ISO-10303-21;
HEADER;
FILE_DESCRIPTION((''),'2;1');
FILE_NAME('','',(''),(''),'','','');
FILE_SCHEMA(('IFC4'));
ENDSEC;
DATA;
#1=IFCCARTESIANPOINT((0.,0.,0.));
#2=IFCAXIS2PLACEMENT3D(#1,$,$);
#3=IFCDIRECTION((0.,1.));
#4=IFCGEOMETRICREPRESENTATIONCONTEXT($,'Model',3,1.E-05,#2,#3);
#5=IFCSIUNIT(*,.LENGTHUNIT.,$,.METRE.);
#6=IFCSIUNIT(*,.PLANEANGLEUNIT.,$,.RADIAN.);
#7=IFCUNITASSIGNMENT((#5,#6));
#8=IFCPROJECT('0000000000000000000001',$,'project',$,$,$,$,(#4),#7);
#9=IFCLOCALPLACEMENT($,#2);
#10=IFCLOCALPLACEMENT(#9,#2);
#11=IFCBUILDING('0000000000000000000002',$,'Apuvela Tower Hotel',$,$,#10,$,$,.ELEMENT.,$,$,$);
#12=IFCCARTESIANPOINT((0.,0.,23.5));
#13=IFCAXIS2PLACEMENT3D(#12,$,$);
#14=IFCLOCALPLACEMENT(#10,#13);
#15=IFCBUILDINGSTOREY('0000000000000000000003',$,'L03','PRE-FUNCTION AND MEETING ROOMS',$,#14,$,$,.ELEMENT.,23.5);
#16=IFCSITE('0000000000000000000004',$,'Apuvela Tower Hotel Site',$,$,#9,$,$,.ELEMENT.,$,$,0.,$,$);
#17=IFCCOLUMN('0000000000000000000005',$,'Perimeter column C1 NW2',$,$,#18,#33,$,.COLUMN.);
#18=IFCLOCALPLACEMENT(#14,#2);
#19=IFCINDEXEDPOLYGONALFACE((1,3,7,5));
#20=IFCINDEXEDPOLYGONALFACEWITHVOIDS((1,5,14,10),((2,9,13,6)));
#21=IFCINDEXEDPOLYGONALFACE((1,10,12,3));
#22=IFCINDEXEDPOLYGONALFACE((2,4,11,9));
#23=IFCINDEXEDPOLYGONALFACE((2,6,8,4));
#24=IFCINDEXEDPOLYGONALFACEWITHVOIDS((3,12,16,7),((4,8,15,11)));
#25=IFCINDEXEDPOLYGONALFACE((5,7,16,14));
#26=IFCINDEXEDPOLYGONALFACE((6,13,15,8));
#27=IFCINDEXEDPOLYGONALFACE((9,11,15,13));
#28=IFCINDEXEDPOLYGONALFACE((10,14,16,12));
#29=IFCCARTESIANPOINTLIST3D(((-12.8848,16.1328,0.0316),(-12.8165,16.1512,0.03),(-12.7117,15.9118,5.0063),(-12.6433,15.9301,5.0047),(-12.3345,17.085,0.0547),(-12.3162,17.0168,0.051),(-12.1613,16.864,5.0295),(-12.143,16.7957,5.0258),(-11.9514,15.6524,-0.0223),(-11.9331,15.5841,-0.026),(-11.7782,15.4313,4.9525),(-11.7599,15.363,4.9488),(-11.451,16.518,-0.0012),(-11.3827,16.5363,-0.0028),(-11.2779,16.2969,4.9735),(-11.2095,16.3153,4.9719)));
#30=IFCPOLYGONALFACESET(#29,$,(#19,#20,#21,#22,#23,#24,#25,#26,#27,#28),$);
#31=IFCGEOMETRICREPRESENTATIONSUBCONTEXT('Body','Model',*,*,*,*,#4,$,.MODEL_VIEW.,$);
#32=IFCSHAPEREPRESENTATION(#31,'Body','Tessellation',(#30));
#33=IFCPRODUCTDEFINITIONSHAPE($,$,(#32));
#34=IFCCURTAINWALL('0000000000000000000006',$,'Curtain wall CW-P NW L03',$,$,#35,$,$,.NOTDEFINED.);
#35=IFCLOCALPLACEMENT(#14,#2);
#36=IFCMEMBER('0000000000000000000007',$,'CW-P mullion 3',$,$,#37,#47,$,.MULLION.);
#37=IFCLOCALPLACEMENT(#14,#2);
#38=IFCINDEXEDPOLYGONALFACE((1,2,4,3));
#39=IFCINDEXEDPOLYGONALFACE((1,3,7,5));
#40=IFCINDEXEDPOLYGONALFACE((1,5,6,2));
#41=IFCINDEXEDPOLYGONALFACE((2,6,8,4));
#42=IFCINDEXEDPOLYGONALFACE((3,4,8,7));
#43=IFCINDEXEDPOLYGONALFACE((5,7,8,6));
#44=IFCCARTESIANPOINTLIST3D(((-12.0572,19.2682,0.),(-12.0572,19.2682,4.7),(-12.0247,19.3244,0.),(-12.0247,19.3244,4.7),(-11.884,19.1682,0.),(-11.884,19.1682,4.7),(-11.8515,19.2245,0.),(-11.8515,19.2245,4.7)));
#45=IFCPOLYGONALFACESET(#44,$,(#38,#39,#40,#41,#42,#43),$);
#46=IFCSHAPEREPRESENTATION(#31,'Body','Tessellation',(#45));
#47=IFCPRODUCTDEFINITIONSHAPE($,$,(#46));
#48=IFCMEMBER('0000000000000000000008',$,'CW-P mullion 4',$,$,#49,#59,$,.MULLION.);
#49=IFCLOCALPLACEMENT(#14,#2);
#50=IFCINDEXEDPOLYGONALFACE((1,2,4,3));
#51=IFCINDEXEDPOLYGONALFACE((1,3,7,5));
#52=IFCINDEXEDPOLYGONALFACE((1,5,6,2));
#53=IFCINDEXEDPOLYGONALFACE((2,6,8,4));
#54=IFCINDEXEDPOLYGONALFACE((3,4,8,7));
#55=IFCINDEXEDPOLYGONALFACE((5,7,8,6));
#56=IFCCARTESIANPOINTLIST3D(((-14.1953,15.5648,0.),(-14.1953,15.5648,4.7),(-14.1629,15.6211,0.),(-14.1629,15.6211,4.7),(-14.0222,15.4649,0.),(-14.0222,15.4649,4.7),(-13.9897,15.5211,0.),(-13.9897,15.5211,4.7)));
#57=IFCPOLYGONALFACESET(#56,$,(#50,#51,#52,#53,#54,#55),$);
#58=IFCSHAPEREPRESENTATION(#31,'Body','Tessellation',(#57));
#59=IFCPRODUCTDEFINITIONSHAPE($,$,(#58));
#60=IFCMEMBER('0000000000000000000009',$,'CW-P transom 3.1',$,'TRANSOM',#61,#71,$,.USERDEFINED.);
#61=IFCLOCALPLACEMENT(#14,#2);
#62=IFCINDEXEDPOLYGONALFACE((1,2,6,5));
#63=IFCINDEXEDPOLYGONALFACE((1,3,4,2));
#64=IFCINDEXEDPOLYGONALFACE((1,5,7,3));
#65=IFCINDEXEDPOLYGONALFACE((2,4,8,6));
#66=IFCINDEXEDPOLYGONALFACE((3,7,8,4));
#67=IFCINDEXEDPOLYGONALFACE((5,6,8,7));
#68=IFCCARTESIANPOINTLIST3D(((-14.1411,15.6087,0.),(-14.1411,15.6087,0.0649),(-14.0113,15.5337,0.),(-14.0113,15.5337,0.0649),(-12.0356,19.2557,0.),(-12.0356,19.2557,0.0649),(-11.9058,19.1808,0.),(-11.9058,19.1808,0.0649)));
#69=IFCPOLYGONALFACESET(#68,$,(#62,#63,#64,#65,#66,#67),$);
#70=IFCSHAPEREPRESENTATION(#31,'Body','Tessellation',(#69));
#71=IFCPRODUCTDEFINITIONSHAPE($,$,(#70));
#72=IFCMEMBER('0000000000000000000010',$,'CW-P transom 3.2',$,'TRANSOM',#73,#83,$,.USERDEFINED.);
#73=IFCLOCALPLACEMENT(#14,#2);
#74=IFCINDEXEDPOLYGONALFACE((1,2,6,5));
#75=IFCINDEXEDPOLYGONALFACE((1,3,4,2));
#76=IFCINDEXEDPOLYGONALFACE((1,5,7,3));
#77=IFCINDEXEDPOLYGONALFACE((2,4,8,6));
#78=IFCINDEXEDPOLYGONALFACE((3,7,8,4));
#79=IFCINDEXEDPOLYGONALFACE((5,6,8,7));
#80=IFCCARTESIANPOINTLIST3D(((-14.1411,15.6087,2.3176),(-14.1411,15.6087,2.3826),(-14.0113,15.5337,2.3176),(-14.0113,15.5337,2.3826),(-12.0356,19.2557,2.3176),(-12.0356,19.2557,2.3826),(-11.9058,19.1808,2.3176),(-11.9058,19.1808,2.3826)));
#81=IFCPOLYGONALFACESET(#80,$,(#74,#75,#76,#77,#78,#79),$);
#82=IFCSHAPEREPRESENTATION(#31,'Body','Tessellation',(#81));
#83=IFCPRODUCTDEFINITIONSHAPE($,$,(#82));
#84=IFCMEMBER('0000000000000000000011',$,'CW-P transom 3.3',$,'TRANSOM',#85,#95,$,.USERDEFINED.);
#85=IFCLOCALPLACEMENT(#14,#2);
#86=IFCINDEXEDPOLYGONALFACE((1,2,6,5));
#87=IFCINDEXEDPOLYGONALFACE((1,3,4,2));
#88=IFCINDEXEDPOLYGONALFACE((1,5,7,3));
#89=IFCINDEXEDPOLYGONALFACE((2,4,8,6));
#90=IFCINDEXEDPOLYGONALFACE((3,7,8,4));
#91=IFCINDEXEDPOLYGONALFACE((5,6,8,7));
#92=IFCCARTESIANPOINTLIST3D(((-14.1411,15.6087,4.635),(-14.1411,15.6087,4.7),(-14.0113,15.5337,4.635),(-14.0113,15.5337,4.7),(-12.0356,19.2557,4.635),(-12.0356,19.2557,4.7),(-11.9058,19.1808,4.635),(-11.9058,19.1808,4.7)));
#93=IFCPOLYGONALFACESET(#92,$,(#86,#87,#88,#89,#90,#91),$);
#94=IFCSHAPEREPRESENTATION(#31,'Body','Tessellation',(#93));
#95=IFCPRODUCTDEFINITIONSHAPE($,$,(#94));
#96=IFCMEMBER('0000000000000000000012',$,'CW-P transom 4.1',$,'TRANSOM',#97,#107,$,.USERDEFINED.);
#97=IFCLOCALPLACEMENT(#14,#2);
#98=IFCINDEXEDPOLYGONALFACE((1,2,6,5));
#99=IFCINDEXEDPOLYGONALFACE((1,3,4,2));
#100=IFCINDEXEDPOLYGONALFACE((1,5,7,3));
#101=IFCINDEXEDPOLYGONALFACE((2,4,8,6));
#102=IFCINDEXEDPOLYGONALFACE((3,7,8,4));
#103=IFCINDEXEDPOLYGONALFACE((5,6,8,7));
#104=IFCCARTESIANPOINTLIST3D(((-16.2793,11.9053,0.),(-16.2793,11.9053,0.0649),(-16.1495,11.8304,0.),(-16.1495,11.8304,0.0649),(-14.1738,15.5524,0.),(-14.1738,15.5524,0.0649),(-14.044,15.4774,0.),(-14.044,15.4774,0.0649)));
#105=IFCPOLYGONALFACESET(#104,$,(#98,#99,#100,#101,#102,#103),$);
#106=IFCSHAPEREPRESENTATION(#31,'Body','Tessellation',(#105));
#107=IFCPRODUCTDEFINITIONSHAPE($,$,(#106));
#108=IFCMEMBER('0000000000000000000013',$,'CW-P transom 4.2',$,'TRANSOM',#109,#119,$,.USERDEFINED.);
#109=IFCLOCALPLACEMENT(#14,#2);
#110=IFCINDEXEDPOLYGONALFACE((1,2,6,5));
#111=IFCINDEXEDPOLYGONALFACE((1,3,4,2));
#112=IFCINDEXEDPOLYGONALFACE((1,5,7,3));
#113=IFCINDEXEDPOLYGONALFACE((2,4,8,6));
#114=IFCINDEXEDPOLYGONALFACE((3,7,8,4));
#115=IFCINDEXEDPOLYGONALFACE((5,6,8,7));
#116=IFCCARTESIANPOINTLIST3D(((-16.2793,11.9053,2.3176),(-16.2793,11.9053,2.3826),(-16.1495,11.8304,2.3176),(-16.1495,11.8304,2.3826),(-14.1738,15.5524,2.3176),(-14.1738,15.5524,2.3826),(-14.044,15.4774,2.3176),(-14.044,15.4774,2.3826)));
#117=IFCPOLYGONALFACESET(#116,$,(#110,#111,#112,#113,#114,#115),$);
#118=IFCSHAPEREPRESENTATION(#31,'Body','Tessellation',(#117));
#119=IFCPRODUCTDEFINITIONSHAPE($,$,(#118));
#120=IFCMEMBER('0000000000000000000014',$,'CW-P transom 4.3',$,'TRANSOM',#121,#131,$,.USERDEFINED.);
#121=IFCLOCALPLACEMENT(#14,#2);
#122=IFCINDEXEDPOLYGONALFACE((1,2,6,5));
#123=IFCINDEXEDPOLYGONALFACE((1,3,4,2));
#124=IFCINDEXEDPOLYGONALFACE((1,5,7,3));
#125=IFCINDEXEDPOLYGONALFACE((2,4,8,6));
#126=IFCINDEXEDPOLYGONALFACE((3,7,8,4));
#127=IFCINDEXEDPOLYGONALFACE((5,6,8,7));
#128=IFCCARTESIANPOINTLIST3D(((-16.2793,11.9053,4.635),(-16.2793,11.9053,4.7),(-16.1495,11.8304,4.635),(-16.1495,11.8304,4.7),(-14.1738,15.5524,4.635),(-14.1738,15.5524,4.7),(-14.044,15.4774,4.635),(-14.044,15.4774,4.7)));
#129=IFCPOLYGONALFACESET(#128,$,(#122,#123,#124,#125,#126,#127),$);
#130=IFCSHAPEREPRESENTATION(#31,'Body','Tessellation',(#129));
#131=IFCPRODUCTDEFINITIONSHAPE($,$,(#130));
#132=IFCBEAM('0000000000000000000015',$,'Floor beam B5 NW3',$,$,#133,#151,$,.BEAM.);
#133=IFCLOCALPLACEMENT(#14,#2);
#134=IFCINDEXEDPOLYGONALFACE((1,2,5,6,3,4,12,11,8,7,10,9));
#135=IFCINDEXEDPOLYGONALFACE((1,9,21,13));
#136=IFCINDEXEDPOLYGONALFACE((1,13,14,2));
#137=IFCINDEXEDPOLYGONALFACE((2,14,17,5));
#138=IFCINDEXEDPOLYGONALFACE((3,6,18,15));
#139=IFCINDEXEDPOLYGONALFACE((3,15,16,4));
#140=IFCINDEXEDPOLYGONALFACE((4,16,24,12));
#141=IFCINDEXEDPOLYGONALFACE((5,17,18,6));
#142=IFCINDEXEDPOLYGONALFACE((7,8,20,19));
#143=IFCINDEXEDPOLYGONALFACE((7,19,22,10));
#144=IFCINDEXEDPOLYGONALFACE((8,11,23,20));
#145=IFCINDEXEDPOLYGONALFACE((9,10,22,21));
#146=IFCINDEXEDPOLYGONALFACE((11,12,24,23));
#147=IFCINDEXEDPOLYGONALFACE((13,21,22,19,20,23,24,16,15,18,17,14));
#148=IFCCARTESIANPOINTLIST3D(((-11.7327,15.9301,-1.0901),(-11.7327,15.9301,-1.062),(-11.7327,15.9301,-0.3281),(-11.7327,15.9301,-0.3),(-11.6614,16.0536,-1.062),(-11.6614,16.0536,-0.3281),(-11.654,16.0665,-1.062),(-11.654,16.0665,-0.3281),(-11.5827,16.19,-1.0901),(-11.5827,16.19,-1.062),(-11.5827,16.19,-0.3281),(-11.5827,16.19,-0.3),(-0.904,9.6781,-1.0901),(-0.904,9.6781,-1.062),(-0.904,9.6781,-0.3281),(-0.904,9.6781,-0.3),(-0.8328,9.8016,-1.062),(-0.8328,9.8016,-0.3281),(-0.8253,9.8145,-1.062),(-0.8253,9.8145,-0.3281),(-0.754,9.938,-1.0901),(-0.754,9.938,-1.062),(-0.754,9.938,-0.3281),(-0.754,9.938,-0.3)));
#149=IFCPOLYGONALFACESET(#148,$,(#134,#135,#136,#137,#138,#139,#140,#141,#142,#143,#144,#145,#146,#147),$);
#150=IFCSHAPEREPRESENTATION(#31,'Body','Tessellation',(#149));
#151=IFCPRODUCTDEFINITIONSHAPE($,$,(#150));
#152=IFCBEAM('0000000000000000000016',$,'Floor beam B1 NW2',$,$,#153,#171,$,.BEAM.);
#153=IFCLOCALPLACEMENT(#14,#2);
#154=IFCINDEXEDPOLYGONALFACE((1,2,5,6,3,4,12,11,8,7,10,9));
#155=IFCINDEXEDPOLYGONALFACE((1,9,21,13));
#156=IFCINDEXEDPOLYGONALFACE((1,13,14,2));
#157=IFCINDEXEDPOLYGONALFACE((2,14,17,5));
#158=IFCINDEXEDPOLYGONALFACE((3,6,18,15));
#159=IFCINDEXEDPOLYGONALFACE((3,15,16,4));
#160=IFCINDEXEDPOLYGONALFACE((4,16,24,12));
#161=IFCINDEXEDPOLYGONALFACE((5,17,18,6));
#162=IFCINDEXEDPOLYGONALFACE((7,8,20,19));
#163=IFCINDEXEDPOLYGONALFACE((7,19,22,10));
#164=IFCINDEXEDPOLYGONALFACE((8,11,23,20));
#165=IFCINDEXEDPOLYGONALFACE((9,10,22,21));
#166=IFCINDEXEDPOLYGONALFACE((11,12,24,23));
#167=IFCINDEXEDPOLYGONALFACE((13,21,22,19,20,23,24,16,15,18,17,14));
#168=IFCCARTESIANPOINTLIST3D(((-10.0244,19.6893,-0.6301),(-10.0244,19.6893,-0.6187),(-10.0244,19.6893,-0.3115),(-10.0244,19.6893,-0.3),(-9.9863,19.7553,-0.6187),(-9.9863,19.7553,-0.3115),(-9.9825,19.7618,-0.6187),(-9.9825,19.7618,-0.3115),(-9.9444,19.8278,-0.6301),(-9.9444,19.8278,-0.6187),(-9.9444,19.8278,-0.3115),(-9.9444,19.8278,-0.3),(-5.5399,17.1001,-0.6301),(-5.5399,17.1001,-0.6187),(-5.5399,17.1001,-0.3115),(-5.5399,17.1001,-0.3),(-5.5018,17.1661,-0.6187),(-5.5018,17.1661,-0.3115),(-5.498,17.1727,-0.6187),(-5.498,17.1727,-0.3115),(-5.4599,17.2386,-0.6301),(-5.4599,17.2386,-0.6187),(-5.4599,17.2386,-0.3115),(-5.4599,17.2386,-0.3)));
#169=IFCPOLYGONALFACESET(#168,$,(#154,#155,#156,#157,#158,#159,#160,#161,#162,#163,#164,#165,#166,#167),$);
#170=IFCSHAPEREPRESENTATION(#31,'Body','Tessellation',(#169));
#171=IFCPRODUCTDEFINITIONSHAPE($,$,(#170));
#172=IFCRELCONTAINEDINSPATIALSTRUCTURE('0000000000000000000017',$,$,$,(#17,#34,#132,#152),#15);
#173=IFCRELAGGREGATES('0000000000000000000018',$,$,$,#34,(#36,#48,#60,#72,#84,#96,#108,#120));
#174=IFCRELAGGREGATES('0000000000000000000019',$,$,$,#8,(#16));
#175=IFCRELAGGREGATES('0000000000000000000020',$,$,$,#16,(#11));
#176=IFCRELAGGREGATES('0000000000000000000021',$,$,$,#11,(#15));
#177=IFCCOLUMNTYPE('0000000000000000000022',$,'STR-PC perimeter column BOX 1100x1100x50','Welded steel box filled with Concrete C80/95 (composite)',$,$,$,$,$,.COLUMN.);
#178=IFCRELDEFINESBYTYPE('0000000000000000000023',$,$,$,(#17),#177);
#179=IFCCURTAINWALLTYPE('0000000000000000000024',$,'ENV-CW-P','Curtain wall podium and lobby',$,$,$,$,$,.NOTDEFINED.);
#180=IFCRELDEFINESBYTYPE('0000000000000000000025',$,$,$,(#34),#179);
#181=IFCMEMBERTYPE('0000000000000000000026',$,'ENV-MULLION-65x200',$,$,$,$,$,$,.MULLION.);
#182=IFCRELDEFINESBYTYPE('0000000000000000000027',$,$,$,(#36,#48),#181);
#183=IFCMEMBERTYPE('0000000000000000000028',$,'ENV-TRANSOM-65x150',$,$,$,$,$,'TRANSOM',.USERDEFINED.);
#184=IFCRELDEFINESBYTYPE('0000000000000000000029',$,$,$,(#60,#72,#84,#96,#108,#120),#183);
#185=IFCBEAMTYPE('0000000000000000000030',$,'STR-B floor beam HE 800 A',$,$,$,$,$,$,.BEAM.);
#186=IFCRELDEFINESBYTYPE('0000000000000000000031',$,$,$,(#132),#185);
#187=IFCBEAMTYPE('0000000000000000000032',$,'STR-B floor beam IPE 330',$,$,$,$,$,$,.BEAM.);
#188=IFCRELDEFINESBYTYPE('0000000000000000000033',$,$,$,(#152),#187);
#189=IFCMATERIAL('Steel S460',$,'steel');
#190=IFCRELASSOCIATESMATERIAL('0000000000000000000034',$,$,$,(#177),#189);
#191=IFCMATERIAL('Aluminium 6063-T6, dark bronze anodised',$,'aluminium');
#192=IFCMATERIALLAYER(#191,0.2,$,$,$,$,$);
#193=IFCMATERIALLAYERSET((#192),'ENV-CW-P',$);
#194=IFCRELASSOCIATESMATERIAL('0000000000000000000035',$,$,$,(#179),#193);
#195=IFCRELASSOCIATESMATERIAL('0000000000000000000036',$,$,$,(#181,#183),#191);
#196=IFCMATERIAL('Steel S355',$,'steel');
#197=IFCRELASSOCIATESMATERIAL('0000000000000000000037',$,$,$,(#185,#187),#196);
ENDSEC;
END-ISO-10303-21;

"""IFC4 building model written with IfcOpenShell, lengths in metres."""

from ifc_helpers import new_model, si_unit, direction, frame, origin, origin_2d, place, context, subcontext, project, spatial, rectangle, hollow_rectangle, i_section, extrude, boolean, halfspace, material, layer, layer_set, material_profile, profile_set, type_object, element, aggregate, save


model = new_model("IFC4")

# Units and contexts
model_context = context("Model", 3, precision=1e-05, world=origin(), true_north=direction((0.0, 1.0)))
body_context = subcontext(model_context, "Body", "Model", "MODEL_VIEW")
ifc_project = project(units=[si_unit("LENGTHUNIT", "METRE"), si_unit("PLANEANGLEUNIT", "RADIAN")], contexts=[model_context])

# Site, building, storey
site_placement = place(None, origin())
site = spatial("IfcSite", under=ifc_project, at=site_placement, Name="Apuvela Tower Hotel Site", CompositionType="ELEMENT", RefElevation=0.0)
building_placement = place(site_placement, origin())
building = spatial("IfcBuilding", under=site, at=building_placement, Name="Apuvela Tower Hotel", CompositionType="ELEMENT")
storey_placement = place(building_placement, frame((0.0, 0.0, 23.5)))
storey = spatial("IfcBuildingStorey", under=building, at=storey_placement, Name="L03", Description="PRE-FUNCTION AND MEETING ROOMS", CompositionType="ELEMENT", Elevation=23.5)

# Column
ifc_material_1 = material(Name="Steel S460", Category="steel")
ifc_material_profile_1 = material_profile(ifc_material_1, hollow_rectangle(XDim=1.1001, YDim=1.1001, WallThickness=0.05, at=origin_2d()), Name="BOX 1100x1100x50")
ifc_material_2 = material(Name="Concrete C80/95", Category="concrete")
ifc_material_profile_2 = material_profile(ifc_material_2, rectangle(XDim=1.0, YDim=1.0, at=origin_2d()), Name="Concrete C80/95 infill")
ifc_profile_set_1 = profile_set([ifc_material_profile_1, ifc_material_profile_2], Name="Steel S460")
column_type = type_object("IfcColumnType", Name="STR-PC perimeter column BOX 1100x1100x50", Description="Welded steel box filled with Concrete C80/95 (composite)", PredefinedType="COLUMN", material=ifc_profile_set_1)
column_placement = place(storey_placement, frame((-12.1343, 16.3352, 0.0), z_axis=(0.034759, -0.044363, 0.998411), x_axis=(0.500316, 0.865587, 0.021043)))
element("IfcColumn", 1, at=column_placement, inside=storey, type_object=column_type, Name="Perimeter column C1 NW2", PredefinedType="COLUMN", context=body_context, shape_type="SweptSolid", body=[
    boolean("DIFFERENCE", boolean("DIFFERENCE", extrude(hollow_rectangle(XDim=1.1001, YDim=1.1001, WallThickness=0.05, at=origin_2d()), origin(), (0.0, 0.0, 1.0), 5.0081), halfspace(frame((0.0, 0.0, 0.0144), z_axis=(0.0, 0.0, 1.0), x_axis=(1.0, 0.0, 0.0)), True)), halfspace(frame((0.0, 0.0, 4.9971), z_axis=(0.0, 0.0, 1.0), x_axis=(1.0, 0.0, 0.0)), False)),
])

# Curtain wall, members
ifc_material_3 = material(Name="Aluminium 6063-T6, dark bronze anodised", Category="aluminium")
ifc_layer_1 = layer(ifc_material_3, 0.2)
ifc_layer_set_1 = layer_set([ifc_layer_1], Name="ENV-CW-P")
curtain_wall_type = type_object("IfcCurtainWallType", Name="ENV-CW-P", Description="Curtain wall podium and lobby", PredefinedType="NOTDEFINED", material=ifc_layer_set_1)
curtain_wall_placement = place(storey_placement, origin())
curtain_wall = element("IfcCurtainWall", 2, at=curtain_wall_placement, inside=storey, type_object=curtain_wall_type, Name="Curtain wall CW-P NW L03", PredefinedType="NOTDEFINED")
ifc_material_profile_3 = material_profile(ifc_material_3, rectangle(XDim=0.2, YDim=0.0649, at=origin_2d()), Name="AL 65x200")
ifc_profile_set_2 = profile_set([ifc_material_profile_3], Name="Aluminium 6063-T6, dark bronze anodised")
member_type_1 = type_object("IfcMemberType", Name="ENV-MULLION-65x200", PredefinedType="MULLION", material=ifc_profile_set_2)
member_1_placement = place(storey_placement, frame((-11.9543, 19.2463, 0.0), z_axis=(0.0, 0.0, 1.0), x_axis=(0.866026, -0.5, 0.0)))
member_1 = element("IfcMember", 3, at=member_1_placement, type_object=member_type_1, Name="CW-P mullion 3", PredefinedType="MULLION", context=body_context, shape_type="SweptSolid", body=[
    extrude(rectangle(XDim=0.2, YDim=0.0649, at=origin_2d()), origin(), (0.0, 0.0, 1.0), 4.7),
])
member_2_placement = place(storey_placement, frame((-14.0925, 15.543, 0.0), z_axis=(0.0, 0.0, 1.0), x_axis=(0.866026, -0.5, 0.0)))
member_2 = element("IfcMember", 4, at=member_2_placement, type_object=member_type_1, Name="CW-P mullion 4", PredefinedType="MULLION", context=body_context, shape_type="SweptSolid", body=[
    extrude(rectangle(XDim=0.2, YDim=0.0649, at=origin_2d()), origin(), (0.0, 0.0, 1.0), 4.7),
])
ifc_material_profile_4 = material_profile(ifc_material_3, rectangle(XDim=0.1499, YDim=0.0649, at=origin_2d()), Name="AL 65x150 transom")
ifc_profile_set_3 = profile_set([ifc_material_profile_4], Name="Aluminium 6063-T6, dark bronze anodised")
member_type_2 = type_object("IfcMemberType", Name="ENV-TRANSOM-65x150", ElementType="TRANSOM", PredefinedType="USERDEFINED", material=ifc_profile_set_3)
member_3_placement = place(storey_placement, frame((-11.9707, 19.2183, 0.0325), z_axis=(-0.49998, -0.866037, 0.0), x_axis=(0.866037, -0.49998, 0.0)))
member_3 = element("IfcMember", 5, at=member_3_placement, type_object=member_type_2, Name="CW-P transom 3.1", ObjectType="TRANSOM", PredefinedType="USERDEFINED", context=body_context, shape_type="SweptSolid", body=[
    extrude(rectangle(XDim=0.1499, YDim=0.0649, at=origin_2d()), origin(), (0.0, 0.0, 1.0), 4.2112),
])
member_4_placement = place(storey_placement, frame((-11.9707, 19.2183, 2.3501), z_axis=(-0.49998, -0.866037, 0.0), x_axis=(0.866037, -0.49998, 0.0)))
member_4 = element("IfcMember", 6, at=member_4_placement, type_object=member_type_2, Name="CW-P transom 3.2", ObjectType="TRANSOM", PredefinedType="USERDEFINED", context=body_context, shape_type="SweptSolid", body=[
    extrude(rectangle(XDim=0.1499, YDim=0.0649, at=origin_2d()), origin(), (0.0, 0.0, 1.0), 4.2112),
])
member_5_placement = place(storey_placement, frame((-11.9707, 19.2183, 4.6675), z_axis=(-0.49998, -0.866037, 0.0), x_axis=(0.866037, -0.49998, 0.0)))
member_5 = element("IfcMember", 7, at=member_5_placement, type_object=member_type_2, Name="CW-P transom 3.3", ObjectType="TRANSOM", PredefinedType="USERDEFINED", context=body_context, shape_type="SweptSolid", body=[
    extrude(rectangle(XDim=0.1499, YDim=0.0649, at=origin_2d()), origin(), (0.0, 0.0, 1.0), 4.2112),
])
member_6_placement = place(storey_placement, frame((-14.1089, 15.5149, 0.0325), z_axis=(-0.49998, -0.866037, 0.0), x_axis=(0.866037, -0.49998, 0.0)))
member_6 = element("IfcMember", 8, at=member_6_placement, type_object=member_type_2, Name="CW-P transom 4.1", ObjectType="TRANSOM", PredefinedType="USERDEFINED", context=body_context, shape_type="SweptSolid", body=[
    extrude(rectangle(XDim=0.1499, YDim=0.0649, at=origin_2d()), origin(), (0.0, 0.0, 1.0), 4.2112),
])
member_7_placement = place(storey_placement, frame((-14.1089, 15.5149, 2.3501), z_axis=(-0.49998, -0.866037, 0.0), x_axis=(0.866037, -0.49998, 0.0)))
member_7 = element("IfcMember", 9, at=member_7_placement, type_object=member_type_2, Name="CW-P transom 4.2", ObjectType="TRANSOM", PredefinedType="USERDEFINED", context=body_context, shape_type="SweptSolid", body=[
    extrude(rectangle(XDim=0.1499, YDim=0.0649, at=origin_2d()), origin(), (0.0, 0.0, 1.0), 4.2112),
])
member_8_placement = place(storey_placement, frame((-14.1089, 15.5149, 4.6675), z_axis=(-0.49998, -0.866037, 0.0), x_axis=(0.866037, -0.49998, 0.0)))
member_8 = element("IfcMember", 10, at=member_8_placement, type_object=member_type_2, Name="CW-P transom 4.3", ObjectType="TRANSOM", PredefinedType="USERDEFINED", context=body_context, shape_type="SweptSolid", body=[
    extrude(rectangle(XDim=0.1499, YDim=0.0649, at=origin_2d()), origin(), (0.0, 0.0, 1.0), 4.2112),
])

# Beams
ifc_material_4 = material(Name="Steel S355", Category="steel")
ifc_material_profile_5 = material_profile(ifc_material_4, i_section(OverallWidth=0.3, OverallDepth=0.79, WebThickness=0.0149, FlangeThickness=0.0281, at=origin_2d()), Name="HE 800 A")
ifc_profile_set_4 = profile_set([ifc_material_profile_5], Name="Steel S355")
beam_type_1 = type_object("IfcBeamType", Name="STR-B floor beam HE 800 A", PredefinedType="BEAM", material=ifc_profile_set_4)
beam_1_placement = place(storey_placement, frame((-11.6577, 16.0601, -0.6951), z_axis=(0.866024, -0.500003, 0.0), x_axis=(0.500003, 0.866024, 0.0)))
element("IfcBeam", 11, at=beam_1_placement, inside=storey, type_object=beam_type_1, Name="Floor beam B5 NW3", PredefinedType="BEAM", context=body_context, shape_type="SweptSolid", body=[
    extrude(i_section(OverallWidth=0.3, OverallDepth=0.79, WebThickness=0.0149, FlangeThickness=0.0281, at=origin_2d()), origin(), (0.0, 0.0, 1.0), 12.5039),
])
ifc_material_profile_6 = material_profile(ifc_material_4, i_section(OverallWidth=0.1599, OverallDepth=0.3301, WebThickness=0.0076, FlangeThickness=0.0115, at=origin_2d()), Name="IPE 330")
ifc_profile_set_5 = profile_set([ifc_material_profile_6], Name="Steel S355")
beam_type_2 = type_object("IfcBeamType", Name="STR-B floor beam IPE 330", PredefinedType="BEAM", material=ifc_profile_set_5)
beam_2_placement = place(storey_placement, frame((-9.9844, 19.7585, -0.4651), z_axis=(0.866021, -0.500008, 0.0), x_axis=(0.500008, 0.866021, 0.0)))
element("IfcBeam", 12, at=beam_2_placement, inside=storey, type_object=beam_type_2, Name="Floor beam B1 NW2", PredefinedType="BEAM", context=body_context, shape_type="SweptSolid", body=[
    extrude(i_section(OverallWidth=0.1599, OverallDepth=0.3301, WebThickness=0.0076, FlangeThickness=0.0115, at=origin_2d()), origin(), (0.0, 0.0, 1.0), 5.1782),
])

aggregate(curtain_wall, [member_1, member_2, member_3, member_4, member_5, member_6, member_7, member_8])

save(model, "model.ifc")
